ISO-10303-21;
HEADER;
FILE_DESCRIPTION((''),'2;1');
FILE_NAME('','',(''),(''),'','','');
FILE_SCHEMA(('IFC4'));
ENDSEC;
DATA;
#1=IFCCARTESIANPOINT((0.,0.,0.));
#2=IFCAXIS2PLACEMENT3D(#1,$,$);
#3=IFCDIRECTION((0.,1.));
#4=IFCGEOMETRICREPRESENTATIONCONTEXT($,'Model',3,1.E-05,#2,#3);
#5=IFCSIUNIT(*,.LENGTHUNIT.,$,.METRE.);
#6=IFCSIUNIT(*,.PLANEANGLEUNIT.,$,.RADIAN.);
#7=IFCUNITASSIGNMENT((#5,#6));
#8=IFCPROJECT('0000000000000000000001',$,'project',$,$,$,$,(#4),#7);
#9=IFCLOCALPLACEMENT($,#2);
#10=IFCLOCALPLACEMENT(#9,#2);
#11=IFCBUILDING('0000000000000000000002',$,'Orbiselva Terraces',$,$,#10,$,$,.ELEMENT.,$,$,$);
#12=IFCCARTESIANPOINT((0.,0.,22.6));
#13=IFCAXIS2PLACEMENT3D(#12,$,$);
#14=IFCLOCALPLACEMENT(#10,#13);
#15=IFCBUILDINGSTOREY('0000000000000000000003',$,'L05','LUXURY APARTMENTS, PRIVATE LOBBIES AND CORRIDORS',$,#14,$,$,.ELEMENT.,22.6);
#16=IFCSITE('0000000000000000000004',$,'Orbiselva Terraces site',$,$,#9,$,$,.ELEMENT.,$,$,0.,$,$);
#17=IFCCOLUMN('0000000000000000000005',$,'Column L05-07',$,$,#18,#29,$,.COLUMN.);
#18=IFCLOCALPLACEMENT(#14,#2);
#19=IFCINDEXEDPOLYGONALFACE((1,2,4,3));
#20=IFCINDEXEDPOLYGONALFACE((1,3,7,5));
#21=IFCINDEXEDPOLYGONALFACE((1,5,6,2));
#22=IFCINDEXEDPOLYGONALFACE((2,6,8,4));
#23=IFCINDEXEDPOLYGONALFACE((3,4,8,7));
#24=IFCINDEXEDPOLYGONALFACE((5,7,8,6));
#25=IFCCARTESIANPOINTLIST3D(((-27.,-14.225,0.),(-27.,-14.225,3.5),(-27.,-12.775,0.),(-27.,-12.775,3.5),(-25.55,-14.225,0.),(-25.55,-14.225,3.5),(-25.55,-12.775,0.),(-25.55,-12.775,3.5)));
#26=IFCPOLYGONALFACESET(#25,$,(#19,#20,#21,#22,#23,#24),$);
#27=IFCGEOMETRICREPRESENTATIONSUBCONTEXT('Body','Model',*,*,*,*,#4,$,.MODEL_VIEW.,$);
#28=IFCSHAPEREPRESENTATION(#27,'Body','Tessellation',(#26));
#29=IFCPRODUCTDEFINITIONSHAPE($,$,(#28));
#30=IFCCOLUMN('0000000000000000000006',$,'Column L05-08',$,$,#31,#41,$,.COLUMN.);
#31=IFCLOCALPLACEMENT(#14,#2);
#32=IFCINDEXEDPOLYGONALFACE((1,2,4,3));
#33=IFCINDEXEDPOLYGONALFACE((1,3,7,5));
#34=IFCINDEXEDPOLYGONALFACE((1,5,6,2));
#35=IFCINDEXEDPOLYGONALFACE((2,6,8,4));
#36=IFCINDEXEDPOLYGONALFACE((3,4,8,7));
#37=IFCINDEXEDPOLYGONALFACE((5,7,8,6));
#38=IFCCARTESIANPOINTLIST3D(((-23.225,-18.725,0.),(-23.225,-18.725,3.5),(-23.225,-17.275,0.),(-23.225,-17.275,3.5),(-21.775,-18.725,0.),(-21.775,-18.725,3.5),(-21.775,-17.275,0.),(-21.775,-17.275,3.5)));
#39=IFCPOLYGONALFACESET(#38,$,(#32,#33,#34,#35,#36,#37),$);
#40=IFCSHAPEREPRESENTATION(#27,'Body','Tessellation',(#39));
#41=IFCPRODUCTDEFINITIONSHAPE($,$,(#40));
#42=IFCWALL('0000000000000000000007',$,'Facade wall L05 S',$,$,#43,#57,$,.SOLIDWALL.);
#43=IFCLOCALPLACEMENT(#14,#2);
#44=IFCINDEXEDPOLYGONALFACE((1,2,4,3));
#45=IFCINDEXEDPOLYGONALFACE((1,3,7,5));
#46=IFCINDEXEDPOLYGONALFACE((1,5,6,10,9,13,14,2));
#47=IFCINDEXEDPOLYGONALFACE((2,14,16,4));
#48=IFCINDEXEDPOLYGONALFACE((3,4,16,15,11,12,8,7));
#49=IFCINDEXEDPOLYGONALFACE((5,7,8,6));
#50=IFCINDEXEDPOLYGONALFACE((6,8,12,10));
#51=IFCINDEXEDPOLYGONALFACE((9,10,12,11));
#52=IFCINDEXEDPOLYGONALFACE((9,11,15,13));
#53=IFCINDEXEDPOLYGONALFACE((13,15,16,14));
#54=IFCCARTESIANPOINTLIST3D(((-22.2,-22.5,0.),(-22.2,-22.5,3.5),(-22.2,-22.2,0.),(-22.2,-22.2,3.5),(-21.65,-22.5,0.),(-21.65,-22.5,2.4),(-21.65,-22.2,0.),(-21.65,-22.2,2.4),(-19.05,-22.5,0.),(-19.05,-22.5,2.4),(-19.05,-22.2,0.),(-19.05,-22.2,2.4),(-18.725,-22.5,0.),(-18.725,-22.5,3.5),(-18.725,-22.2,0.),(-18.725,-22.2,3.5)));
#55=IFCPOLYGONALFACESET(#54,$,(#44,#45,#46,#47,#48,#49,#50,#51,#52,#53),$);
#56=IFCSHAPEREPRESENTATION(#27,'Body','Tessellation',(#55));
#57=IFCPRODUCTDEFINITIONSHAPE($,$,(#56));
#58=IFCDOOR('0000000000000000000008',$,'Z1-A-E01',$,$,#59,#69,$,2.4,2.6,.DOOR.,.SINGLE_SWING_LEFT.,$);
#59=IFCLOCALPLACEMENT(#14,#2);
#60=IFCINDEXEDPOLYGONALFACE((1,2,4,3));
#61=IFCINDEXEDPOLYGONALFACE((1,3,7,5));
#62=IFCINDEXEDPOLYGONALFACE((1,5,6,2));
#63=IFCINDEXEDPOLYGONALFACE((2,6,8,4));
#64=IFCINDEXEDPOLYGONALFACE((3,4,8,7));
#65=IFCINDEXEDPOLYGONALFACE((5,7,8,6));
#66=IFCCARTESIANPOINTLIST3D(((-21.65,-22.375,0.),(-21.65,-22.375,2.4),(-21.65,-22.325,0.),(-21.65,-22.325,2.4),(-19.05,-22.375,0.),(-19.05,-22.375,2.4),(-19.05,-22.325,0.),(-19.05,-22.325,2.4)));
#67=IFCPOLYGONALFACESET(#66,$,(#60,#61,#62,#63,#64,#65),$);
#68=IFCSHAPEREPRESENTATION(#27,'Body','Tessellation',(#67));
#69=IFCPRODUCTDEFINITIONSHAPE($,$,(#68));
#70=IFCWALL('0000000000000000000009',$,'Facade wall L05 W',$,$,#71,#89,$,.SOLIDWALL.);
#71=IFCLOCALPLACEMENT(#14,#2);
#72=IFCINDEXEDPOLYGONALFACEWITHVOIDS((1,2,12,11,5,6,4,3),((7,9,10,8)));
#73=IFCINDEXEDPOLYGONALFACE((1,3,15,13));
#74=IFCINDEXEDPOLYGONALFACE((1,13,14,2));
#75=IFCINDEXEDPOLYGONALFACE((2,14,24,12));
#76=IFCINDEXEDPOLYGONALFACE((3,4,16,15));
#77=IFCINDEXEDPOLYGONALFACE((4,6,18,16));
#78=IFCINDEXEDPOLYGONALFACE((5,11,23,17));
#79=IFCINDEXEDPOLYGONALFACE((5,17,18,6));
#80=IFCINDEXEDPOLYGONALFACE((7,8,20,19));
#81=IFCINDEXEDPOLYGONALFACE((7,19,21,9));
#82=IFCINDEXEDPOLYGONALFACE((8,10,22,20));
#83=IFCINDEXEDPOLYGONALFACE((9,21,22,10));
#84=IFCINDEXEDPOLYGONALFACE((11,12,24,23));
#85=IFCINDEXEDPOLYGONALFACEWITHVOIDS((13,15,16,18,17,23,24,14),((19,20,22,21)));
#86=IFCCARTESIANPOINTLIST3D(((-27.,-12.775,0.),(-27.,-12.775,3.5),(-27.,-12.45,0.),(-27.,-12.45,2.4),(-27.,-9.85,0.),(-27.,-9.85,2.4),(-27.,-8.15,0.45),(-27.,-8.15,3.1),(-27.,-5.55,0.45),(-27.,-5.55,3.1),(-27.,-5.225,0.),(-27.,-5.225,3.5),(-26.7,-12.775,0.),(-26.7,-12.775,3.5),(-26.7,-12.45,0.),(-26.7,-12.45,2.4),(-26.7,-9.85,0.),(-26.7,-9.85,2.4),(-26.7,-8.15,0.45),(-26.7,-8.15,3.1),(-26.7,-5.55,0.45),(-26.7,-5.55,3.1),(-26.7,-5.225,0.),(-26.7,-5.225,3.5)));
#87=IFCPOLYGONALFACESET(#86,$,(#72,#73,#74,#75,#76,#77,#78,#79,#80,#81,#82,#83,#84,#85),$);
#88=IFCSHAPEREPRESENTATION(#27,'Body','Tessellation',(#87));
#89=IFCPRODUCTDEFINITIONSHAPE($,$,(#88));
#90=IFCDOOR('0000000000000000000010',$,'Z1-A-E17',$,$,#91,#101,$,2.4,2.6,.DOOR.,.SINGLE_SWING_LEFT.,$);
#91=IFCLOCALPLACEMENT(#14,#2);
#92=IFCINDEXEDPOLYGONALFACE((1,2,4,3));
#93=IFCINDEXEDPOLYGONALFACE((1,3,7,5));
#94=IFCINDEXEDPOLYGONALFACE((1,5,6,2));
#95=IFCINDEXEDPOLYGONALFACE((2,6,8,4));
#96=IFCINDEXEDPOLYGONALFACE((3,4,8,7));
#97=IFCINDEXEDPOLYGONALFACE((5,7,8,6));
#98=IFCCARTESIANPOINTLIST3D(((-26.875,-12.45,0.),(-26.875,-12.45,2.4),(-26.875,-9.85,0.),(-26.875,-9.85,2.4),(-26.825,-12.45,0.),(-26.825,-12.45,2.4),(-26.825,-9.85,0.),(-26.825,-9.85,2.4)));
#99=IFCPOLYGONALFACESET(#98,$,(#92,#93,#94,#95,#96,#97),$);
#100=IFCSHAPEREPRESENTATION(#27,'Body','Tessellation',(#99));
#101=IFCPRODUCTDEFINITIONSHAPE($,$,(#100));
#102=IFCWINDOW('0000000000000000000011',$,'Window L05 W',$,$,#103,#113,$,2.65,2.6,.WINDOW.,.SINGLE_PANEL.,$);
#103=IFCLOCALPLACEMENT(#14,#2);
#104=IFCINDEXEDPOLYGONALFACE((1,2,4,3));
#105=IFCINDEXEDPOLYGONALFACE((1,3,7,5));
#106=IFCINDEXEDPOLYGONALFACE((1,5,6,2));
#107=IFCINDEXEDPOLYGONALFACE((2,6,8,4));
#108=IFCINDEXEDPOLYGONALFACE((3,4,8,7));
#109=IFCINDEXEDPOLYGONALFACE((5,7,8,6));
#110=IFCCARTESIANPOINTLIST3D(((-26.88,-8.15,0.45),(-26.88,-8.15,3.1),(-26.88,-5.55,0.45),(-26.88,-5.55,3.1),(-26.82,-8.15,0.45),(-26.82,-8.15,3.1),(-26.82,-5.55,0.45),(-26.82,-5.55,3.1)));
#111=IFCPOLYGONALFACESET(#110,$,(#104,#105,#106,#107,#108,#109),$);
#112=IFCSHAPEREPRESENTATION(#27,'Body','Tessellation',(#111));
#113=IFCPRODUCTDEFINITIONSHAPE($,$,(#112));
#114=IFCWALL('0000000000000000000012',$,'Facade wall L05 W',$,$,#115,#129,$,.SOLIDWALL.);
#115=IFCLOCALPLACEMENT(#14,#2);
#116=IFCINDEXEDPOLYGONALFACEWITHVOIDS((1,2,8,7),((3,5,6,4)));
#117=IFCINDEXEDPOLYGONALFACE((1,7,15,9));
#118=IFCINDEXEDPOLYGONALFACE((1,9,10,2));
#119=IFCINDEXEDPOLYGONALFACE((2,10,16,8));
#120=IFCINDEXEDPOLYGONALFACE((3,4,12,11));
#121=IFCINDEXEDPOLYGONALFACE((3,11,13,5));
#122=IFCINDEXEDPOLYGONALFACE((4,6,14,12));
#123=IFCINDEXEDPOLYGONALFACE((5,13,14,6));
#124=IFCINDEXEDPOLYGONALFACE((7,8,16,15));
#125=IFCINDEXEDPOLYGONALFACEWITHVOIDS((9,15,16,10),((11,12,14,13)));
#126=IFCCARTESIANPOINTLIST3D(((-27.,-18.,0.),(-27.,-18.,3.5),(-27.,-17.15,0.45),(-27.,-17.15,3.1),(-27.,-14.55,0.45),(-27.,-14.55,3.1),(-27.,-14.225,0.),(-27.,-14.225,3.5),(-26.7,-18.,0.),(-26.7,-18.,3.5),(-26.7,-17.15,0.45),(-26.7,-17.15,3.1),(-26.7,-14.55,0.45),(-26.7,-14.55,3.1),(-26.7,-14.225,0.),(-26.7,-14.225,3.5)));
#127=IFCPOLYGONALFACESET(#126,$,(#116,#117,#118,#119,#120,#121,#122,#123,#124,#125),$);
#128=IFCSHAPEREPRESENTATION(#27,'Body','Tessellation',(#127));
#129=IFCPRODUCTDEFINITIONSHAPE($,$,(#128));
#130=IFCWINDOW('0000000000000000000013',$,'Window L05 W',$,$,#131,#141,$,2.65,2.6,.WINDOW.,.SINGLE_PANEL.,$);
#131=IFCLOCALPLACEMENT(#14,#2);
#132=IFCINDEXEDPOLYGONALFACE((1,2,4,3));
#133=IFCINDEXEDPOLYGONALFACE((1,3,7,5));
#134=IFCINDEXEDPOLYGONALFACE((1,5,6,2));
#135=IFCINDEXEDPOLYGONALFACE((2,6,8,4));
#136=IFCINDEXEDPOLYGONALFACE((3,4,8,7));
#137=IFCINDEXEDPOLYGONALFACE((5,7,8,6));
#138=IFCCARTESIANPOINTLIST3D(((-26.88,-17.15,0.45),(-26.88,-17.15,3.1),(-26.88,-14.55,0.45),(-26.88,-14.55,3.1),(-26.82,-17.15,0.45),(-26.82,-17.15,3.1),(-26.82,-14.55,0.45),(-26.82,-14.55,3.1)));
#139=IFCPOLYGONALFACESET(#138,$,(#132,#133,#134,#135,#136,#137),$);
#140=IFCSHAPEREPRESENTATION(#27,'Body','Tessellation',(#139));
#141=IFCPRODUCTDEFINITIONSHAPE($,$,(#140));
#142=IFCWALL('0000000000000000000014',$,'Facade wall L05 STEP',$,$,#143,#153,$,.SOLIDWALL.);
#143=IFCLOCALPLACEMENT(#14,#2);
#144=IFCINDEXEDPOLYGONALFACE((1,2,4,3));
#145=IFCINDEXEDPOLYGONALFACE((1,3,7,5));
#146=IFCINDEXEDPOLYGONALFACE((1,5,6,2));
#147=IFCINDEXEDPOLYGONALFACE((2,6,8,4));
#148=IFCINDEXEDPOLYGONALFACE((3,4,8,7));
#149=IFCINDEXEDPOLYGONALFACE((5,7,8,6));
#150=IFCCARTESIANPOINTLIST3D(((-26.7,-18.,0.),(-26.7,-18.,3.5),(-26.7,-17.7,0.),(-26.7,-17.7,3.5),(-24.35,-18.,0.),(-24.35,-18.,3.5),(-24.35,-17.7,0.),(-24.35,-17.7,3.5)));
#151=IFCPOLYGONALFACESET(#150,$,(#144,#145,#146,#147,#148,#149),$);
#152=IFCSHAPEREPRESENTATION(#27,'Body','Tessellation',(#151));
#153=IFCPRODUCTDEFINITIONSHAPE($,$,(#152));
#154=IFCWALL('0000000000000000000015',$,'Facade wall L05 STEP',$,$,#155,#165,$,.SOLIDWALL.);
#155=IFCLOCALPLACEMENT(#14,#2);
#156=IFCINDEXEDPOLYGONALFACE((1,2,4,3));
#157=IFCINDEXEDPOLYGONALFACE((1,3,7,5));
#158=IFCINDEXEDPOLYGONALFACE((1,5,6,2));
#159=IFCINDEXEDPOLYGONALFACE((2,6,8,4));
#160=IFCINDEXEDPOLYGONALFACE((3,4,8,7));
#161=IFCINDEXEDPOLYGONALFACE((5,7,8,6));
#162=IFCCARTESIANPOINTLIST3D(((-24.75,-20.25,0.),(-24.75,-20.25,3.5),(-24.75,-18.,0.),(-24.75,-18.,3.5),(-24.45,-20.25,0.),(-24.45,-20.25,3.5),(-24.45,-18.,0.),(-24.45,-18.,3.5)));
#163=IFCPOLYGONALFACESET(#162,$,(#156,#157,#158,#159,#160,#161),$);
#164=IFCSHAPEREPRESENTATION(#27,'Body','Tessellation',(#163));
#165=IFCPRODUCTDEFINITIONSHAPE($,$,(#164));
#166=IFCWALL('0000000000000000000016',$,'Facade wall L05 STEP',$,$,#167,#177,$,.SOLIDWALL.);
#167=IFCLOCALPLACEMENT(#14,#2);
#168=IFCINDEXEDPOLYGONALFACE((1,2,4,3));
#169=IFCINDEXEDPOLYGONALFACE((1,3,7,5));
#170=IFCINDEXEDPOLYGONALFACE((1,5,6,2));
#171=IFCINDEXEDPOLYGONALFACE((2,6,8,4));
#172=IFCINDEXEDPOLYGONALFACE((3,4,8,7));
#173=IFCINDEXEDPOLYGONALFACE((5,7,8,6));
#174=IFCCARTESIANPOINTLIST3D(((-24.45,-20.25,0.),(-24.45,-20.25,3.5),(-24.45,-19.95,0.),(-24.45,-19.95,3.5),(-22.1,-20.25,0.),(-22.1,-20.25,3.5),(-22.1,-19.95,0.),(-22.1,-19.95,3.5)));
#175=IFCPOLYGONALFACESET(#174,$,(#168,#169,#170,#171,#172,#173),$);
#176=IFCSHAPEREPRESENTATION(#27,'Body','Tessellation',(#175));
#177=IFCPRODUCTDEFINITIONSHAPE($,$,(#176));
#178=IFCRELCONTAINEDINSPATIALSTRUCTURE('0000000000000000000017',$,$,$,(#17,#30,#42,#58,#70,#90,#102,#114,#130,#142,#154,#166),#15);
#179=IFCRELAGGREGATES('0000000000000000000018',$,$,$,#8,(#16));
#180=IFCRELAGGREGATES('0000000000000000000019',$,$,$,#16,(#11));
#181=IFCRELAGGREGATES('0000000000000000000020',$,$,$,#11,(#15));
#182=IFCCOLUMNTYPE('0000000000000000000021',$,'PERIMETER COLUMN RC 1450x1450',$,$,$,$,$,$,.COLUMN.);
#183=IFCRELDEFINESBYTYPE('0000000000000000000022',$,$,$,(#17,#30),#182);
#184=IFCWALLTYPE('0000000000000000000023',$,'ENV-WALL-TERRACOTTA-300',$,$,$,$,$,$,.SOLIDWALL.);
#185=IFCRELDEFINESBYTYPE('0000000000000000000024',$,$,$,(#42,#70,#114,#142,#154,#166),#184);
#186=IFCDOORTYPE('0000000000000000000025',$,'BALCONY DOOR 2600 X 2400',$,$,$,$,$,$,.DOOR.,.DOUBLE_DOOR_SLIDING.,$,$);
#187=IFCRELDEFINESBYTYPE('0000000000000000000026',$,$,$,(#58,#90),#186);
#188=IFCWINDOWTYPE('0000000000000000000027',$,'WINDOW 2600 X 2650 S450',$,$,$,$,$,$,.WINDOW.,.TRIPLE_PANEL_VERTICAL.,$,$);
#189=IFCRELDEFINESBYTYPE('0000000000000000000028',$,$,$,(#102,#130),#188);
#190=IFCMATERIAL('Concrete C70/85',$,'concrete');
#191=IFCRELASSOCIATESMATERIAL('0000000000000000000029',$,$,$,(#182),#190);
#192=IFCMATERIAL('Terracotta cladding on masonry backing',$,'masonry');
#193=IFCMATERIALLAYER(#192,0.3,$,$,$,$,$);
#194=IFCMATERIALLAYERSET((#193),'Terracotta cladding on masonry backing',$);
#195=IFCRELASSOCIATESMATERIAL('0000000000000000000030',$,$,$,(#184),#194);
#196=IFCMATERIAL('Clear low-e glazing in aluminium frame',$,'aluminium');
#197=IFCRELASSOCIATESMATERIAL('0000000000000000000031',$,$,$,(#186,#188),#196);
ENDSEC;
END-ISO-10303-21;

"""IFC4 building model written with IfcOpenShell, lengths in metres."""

from ifc_helpers import new_model, si_unit, direction, frame, frame_2d, origin, origin_2d, place, context, subcontext, project, spatial, rectangle, extrude, material, layer, layer_set, material_profile, profile_set, type_object, element, fill, save


model = new_model("IFC4")

# Units and contexts
model_context = context("Model", 3, precision=1e-05, world=origin(), true_north=direction((0.0, 1.0)))
body_context = subcontext(model_context, "Body", "Model", "MODEL_VIEW")
ifc_project = project(units=[si_unit("LENGTHUNIT", "METRE"), si_unit("PLANEANGLEUNIT", "RADIAN")], contexts=[model_context])

# Site, building, storey
site_placement = place(None, origin())
site = spatial("IfcSite", under=ifc_project, at=site_placement, Name="Orbiselva Terraces site", CompositionType="ELEMENT", RefElevation=0.0)
building_placement = place(site_placement, origin())
building = spatial("IfcBuilding", under=site, at=building_placement, Name="Orbiselva Terraces", CompositionType="ELEMENT")
storey_placement = place(building_placement, frame((0.0, 0.0, 22.6)))
storey = spatial("IfcBuildingStorey", under=building, at=storey_placement, Name="L05", Description="LUXURY APARTMENTS, PRIVATE LOBBIES AND CORRIDORS", CompositionType="ELEMENT", Elevation=22.6)

# Columns
ifc_material_1 = material(Name="Concrete C70/85", Category="concrete")
ifc_material_profile = material_profile(ifc_material_1, rectangle(XDim=1.45, YDim=1.45, at=origin_2d()), Name="RC 1450x1450")
ifc_profile_set = profile_set([ifc_material_profile], Name="Concrete C70/85")
column_type = type_object("IfcColumnType", Name="PERIMETER COLUMN RC 1450x1450", PredefinedType="COLUMN", material=ifc_profile_set)
for number, where, z_axis, x_axis, name in (
    (1, (-26.275, -13.5, 0.0), (0.0, 0.0, 1.0), (1.0, 0.0, 0.0), "Column L05-07"),
    (2, (-22.5, -18.0, 0.0), (0.0, 0.0, 1.0), (1.0, 0.0, 0.0), "Column L05-08"),
):
    element("IfcColumn", number, at=place(storey_placement, frame(where, z_axis=z_axis, x_axis=x_axis)), inside=storey, type_object=column_type, Name=name, PredefinedType="COLUMN", context=body_context, shape_type="SweptSolid", body=[
        extrude(rectangle(XDim=1.45, YDim=1.45, at=origin_2d()), origin(), (0.0, 0.0, 1.0), 3.5),
    ])

# Wall, opening, door
ifc_material_2 = material(Name="Terracotta cladding on masonry backing", Category="masonry")
ifc_layer_1 = layer(ifc_material_2, 0.3)
ifc_layer_set_1 = layer_set([ifc_layer_1], Name="Terracotta cladding on masonry backing")
wall_type_1 = type_object("IfcWallType", Name="ENV-WALL-TERRACOTTA-300", PredefinedType="SOLIDWALL", material=ifc_layer_set_1)
wall_1_placement = place(storey_placement, frame((-18.725, -22.35, 0.0), z_axis=(0.0, 0.0, 1.0), x_axis=(-1.0, 0.0, 0.0)))
wall_1 = element("IfcWall", 3, at=wall_1_placement, inside=storey, type_object=wall_type_1, Name="Facade wall L05 S", PredefinedType="SOLIDWALL", context=body_context, shape_type="SweptSolid", body=[
    extrude(rectangle(XDim=3.475, YDim=0.3, at=frame_2d((1.7375, 0.0))), origin(), (0.0, 0.0, 1.0), 3.5),
])
opening_1_placement = place(wall_1_placement, frame((0.325, 0.0, 0.0)))
opening_1 = element("IfcOpeningElement", 4, at=opening_1_placement, cuts=wall_1, PredefinedType="OPENING", context=body_context, shape_type="SweptSolid", body=[
    extrude(rectangle(XDim=2.6, YDim=2.4, at=frame_2d((1.3, 1.2))), frame((0.0, 0.16, 0.0), z_axis=(0.0, -1.0, 0.0), x_axis=(1.0, 0.0, 0.0)), (0.0, 0.0, 1.0), 0.32),
])
ifc_material_3 = material(Name="Clear low-e glazing in aluminium frame", Category="aluminium")
door_type_1 = type_object("IfcDoorType", Name="BALCONY DOOR 2600 X 2400", OperationType="DOUBLE_DOOR_SLIDING", PredefinedType="DOOR", material=ifc_material_3)
door_1_placement = place(opening_1_placement, origin())
door_1 = element("IfcDoor", 5, at=door_1_placement, inside=storey, type_object=door_type_1, Name="Z1-A-E01", OperationType="SINGLE_SWING_LEFT", OverallHeight=2.4, OverallWidth=2.6, PredefinedType="DOOR", context=body_context, shape_type="SweptSolid", body=[
    extrude(rectangle(XDim=2.6, YDim=2.4, at=frame_2d((1.3, 1.2))), frame((0.0, 0.025, 0.0), z_axis=(0.0, -1.0, 0.0), x_axis=(1.0, 0.0, 0.0)), (0.0, 0.0, 1.0), 0.05),
])
fill(opening_1, door_1)

# Wall, openings, door, window
wall_2_placement = place(storey_placement, frame((-26.85, -12.775, 0.0), z_axis=(0.0, 0.0, 1.0), x_axis=(0.0, 1.0, 0.0)))
wall_2 = element("IfcWall", 6, at=wall_2_placement, inside=storey, type_object=wall_type_1, Name="Facade wall L05 W", PredefinedType="SOLIDWALL", context=body_context, shape_type="SweptSolid", body=[
    extrude(rectangle(XDim=7.55, YDim=0.3, at=frame_2d((3.775, 0.0))), origin(), (0.0, 0.0, 1.0), 3.5),
])
opening_2_placement = place(wall_2_placement, frame((4.625, 0.0, 0.45)))
opening_2 = element("IfcOpeningElement", 7, at=opening_2_placement, cuts=wall_2, PredefinedType="OPENING", context=body_context, shape_type="SweptSolid", body=[
    extrude(rectangle(XDim=2.6, YDim=2.65, at=frame_2d((1.3, 1.325))), frame((0.0, 0.16, 0.0), z_axis=(0.0, -1.0, 0.0), x_axis=(1.0, 0.0, 0.0)), (0.0, 0.0, 1.0), 0.32),
])
opening_3_placement = place(wall_2_placement, frame((0.325, 0.0, 0.0)))
opening_3 = element("IfcOpeningElement", 8, at=opening_3_placement, cuts=wall_2, PredefinedType="OPENING", context=body_context, shape_type="SweptSolid", body=[
    extrude(rectangle(XDim=2.6, YDim=2.4, at=frame_2d((1.3, 1.2))), frame((0.0, 0.16, 0.0), z_axis=(0.0, -1.0, 0.0), x_axis=(1.0, 0.0, 0.0)), (0.0, 0.0, 1.0), 0.32),
])
door_2_placement = place(opening_3_placement, origin())
door_2 = element("IfcDoor", 9, at=door_2_placement, inside=storey, type_object=door_type_1, Name="Z1-A-E17", OperationType="SINGLE_SWING_LEFT", OverallHeight=2.4, OverallWidth=2.6, PredefinedType="DOOR", context=body_context, shape_type="SweptSolid", body=[
    extrude(rectangle(XDim=2.6, YDim=2.4, at=frame_2d((1.3, 1.2))), frame((0.0, 0.025, 0.0), z_axis=(0.0, -1.0, 0.0), x_axis=(1.0, 0.0, 0.0)), (0.0, 0.0, 1.0), 0.05),
])
fill(opening_3, door_2)
window_type = type_object("IfcWindowType", Name="WINDOW 2600 X 2650 S450", PartitioningType="TRIPLE_PANEL_VERTICAL", PredefinedType="WINDOW", material=ifc_material_3)
window_1_placement = place(opening_2_placement, origin())
window_1 = element("IfcWindow", 10, at=window_1_placement, inside=storey, type_object=window_type, Name="Window L05 W", OverallHeight=2.65, OverallWidth=2.6, PartitioningType="SINGLE_PANEL", PredefinedType="WINDOW", context=body_context, shape_type="SweptSolid", body=[
    extrude(rectangle(XDim=2.6, YDim=2.65, at=frame_2d((1.3, 1.325))), frame((0.0, 0.03, 0.0), z_axis=(0.0, -1.0, 0.0), x_axis=(1.0, 0.0, 0.0)), (0.0, 0.0, 1.0), 0.06),
])
fill(opening_2, window_1)

# Wall, opening, window
wall_3_placement = place(storey_placement, frame((-26.85, -18.0, 0.0), z_axis=(0.0, 0.0, 1.0), x_axis=(0.0, 1.0, 0.0)))
wall_3 = element("IfcWall", 11, at=wall_3_placement, inside=storey, type_object=wall_type_1, Name="Facade wall L05 W", PredefinedType="SOLIDWALL", context=body_context, shape_type="SweptSolid", body=[
    extrude(rectangle(XDim=3.775, YDim=0.3, at=frame_2d((1.8875, 0.0))), origin(), (0.0, 0.0, 1.0), 3.5),
])
opening_4_placement = place(wall_3_placement, frame((0.85, 0.0, 0.45)))
opening_4 = element("IfcOpeningElement", 12, at=opening_4_placement, cuts=wall_3, PredefinedType="OPENING", context=body_context, shape_type="SweptSolid", body=[
    extrude(rectangle(XDim=2.6, YDim=2.65, at=frame_2d((1.3, 1.325))), frame((0.0, 0.16, 0.0), z_axis=(0.0, -1.0, 0.0), x_axis=(1.0, 0.0, 0.0)), (0.0, 0.0, 1.0), 0.32),
])
window_2_placement = place(opening_4_placement, origin())
window_2 = element("IfcWindow", 13, at=window_2_placement, inside=storey, type_object=window_type, Name="Window L05 W", OverallHeight=2.65, OverallWidth=2.6, PartitioningType="SINGLE_PANEL", PredefinedType="WINDOW", context=body_context, shape_type="SweptSolid", body=[
    extrude(rectangle(XDim=2.6, YDim=2.65, at=frame_2d((1.3, 1.325))), frame((0.0, 0.03, 0.0), z_axis=(0.0, -1.0, 0.0), x_axis=(1.0, 0.0, 0.0)), (0.0, 0.0, 1.0), 0.06),
])
fill(opening_4, window_2)

# Walls
wall_4_placement = place(storey_placement, frame((-24.35, -17.85, 0.0), z_axis=(0.0, 0.0, 1.0), x_axis=(-1.0, 0.0, 0.0)))
element("IfcWall", 14, at=wall_4_placement, inside=storey, type_object=wall_type_1, Name="Facade wall L05 STEP", PredefinedType="SOLIDWALL", context=body_context, shape_type="SweptSolid", body=[
    extrude(rectangle(XDim=2.35, YDim=0.3, at=frame_2d((1.175, 0.0))), origin(), (0.0, 0.0, 1.0), 3.5),
])
wall_5_placement = place(storey_placement, frame((-24.6, -20.25, 0.0), z_axis=(0.0, 0.0, 1.0), x_axis=(0.0, 1.0, 0.0)))
element("IfcWall", 15, at=wall_5_placement, inside=storey, type_object=wall_type_1, Name="Facade wall L05 STEP", PredefinedType="SOLIDWALL", context=body_context, shape_type="SweptSolid", body=[
    extrude(rectangle(XDim=2.25, YDim=0.3, at=frame_2d((1.125, 0.0))), origin(), (0.0, 0.0, 1.0), 3.5),
])
wall_6_placement = place(storey_placement, frame((-22.1, -20.1, 0.0), z_axis=(0.0, 0.0, 1.0), x_axis=(-1.0, 0.0, 0.0)))
element("IfcWall", 16, at=wall_6_placement, inside=storey, type_object=wall_type_1, Name="Facade wall L05 STEP", PredefinedType="SOLIDWALL", context=body_context, shape_type="SweptSolid", body=[
    extrude(rectangle(XDim=2.35, YDim=0.3, at=frame_2d((1.175, 0.0))), origin(), (0.0, 0.0, 1.0), 3.5),
])

save(model, "model.ifc")
